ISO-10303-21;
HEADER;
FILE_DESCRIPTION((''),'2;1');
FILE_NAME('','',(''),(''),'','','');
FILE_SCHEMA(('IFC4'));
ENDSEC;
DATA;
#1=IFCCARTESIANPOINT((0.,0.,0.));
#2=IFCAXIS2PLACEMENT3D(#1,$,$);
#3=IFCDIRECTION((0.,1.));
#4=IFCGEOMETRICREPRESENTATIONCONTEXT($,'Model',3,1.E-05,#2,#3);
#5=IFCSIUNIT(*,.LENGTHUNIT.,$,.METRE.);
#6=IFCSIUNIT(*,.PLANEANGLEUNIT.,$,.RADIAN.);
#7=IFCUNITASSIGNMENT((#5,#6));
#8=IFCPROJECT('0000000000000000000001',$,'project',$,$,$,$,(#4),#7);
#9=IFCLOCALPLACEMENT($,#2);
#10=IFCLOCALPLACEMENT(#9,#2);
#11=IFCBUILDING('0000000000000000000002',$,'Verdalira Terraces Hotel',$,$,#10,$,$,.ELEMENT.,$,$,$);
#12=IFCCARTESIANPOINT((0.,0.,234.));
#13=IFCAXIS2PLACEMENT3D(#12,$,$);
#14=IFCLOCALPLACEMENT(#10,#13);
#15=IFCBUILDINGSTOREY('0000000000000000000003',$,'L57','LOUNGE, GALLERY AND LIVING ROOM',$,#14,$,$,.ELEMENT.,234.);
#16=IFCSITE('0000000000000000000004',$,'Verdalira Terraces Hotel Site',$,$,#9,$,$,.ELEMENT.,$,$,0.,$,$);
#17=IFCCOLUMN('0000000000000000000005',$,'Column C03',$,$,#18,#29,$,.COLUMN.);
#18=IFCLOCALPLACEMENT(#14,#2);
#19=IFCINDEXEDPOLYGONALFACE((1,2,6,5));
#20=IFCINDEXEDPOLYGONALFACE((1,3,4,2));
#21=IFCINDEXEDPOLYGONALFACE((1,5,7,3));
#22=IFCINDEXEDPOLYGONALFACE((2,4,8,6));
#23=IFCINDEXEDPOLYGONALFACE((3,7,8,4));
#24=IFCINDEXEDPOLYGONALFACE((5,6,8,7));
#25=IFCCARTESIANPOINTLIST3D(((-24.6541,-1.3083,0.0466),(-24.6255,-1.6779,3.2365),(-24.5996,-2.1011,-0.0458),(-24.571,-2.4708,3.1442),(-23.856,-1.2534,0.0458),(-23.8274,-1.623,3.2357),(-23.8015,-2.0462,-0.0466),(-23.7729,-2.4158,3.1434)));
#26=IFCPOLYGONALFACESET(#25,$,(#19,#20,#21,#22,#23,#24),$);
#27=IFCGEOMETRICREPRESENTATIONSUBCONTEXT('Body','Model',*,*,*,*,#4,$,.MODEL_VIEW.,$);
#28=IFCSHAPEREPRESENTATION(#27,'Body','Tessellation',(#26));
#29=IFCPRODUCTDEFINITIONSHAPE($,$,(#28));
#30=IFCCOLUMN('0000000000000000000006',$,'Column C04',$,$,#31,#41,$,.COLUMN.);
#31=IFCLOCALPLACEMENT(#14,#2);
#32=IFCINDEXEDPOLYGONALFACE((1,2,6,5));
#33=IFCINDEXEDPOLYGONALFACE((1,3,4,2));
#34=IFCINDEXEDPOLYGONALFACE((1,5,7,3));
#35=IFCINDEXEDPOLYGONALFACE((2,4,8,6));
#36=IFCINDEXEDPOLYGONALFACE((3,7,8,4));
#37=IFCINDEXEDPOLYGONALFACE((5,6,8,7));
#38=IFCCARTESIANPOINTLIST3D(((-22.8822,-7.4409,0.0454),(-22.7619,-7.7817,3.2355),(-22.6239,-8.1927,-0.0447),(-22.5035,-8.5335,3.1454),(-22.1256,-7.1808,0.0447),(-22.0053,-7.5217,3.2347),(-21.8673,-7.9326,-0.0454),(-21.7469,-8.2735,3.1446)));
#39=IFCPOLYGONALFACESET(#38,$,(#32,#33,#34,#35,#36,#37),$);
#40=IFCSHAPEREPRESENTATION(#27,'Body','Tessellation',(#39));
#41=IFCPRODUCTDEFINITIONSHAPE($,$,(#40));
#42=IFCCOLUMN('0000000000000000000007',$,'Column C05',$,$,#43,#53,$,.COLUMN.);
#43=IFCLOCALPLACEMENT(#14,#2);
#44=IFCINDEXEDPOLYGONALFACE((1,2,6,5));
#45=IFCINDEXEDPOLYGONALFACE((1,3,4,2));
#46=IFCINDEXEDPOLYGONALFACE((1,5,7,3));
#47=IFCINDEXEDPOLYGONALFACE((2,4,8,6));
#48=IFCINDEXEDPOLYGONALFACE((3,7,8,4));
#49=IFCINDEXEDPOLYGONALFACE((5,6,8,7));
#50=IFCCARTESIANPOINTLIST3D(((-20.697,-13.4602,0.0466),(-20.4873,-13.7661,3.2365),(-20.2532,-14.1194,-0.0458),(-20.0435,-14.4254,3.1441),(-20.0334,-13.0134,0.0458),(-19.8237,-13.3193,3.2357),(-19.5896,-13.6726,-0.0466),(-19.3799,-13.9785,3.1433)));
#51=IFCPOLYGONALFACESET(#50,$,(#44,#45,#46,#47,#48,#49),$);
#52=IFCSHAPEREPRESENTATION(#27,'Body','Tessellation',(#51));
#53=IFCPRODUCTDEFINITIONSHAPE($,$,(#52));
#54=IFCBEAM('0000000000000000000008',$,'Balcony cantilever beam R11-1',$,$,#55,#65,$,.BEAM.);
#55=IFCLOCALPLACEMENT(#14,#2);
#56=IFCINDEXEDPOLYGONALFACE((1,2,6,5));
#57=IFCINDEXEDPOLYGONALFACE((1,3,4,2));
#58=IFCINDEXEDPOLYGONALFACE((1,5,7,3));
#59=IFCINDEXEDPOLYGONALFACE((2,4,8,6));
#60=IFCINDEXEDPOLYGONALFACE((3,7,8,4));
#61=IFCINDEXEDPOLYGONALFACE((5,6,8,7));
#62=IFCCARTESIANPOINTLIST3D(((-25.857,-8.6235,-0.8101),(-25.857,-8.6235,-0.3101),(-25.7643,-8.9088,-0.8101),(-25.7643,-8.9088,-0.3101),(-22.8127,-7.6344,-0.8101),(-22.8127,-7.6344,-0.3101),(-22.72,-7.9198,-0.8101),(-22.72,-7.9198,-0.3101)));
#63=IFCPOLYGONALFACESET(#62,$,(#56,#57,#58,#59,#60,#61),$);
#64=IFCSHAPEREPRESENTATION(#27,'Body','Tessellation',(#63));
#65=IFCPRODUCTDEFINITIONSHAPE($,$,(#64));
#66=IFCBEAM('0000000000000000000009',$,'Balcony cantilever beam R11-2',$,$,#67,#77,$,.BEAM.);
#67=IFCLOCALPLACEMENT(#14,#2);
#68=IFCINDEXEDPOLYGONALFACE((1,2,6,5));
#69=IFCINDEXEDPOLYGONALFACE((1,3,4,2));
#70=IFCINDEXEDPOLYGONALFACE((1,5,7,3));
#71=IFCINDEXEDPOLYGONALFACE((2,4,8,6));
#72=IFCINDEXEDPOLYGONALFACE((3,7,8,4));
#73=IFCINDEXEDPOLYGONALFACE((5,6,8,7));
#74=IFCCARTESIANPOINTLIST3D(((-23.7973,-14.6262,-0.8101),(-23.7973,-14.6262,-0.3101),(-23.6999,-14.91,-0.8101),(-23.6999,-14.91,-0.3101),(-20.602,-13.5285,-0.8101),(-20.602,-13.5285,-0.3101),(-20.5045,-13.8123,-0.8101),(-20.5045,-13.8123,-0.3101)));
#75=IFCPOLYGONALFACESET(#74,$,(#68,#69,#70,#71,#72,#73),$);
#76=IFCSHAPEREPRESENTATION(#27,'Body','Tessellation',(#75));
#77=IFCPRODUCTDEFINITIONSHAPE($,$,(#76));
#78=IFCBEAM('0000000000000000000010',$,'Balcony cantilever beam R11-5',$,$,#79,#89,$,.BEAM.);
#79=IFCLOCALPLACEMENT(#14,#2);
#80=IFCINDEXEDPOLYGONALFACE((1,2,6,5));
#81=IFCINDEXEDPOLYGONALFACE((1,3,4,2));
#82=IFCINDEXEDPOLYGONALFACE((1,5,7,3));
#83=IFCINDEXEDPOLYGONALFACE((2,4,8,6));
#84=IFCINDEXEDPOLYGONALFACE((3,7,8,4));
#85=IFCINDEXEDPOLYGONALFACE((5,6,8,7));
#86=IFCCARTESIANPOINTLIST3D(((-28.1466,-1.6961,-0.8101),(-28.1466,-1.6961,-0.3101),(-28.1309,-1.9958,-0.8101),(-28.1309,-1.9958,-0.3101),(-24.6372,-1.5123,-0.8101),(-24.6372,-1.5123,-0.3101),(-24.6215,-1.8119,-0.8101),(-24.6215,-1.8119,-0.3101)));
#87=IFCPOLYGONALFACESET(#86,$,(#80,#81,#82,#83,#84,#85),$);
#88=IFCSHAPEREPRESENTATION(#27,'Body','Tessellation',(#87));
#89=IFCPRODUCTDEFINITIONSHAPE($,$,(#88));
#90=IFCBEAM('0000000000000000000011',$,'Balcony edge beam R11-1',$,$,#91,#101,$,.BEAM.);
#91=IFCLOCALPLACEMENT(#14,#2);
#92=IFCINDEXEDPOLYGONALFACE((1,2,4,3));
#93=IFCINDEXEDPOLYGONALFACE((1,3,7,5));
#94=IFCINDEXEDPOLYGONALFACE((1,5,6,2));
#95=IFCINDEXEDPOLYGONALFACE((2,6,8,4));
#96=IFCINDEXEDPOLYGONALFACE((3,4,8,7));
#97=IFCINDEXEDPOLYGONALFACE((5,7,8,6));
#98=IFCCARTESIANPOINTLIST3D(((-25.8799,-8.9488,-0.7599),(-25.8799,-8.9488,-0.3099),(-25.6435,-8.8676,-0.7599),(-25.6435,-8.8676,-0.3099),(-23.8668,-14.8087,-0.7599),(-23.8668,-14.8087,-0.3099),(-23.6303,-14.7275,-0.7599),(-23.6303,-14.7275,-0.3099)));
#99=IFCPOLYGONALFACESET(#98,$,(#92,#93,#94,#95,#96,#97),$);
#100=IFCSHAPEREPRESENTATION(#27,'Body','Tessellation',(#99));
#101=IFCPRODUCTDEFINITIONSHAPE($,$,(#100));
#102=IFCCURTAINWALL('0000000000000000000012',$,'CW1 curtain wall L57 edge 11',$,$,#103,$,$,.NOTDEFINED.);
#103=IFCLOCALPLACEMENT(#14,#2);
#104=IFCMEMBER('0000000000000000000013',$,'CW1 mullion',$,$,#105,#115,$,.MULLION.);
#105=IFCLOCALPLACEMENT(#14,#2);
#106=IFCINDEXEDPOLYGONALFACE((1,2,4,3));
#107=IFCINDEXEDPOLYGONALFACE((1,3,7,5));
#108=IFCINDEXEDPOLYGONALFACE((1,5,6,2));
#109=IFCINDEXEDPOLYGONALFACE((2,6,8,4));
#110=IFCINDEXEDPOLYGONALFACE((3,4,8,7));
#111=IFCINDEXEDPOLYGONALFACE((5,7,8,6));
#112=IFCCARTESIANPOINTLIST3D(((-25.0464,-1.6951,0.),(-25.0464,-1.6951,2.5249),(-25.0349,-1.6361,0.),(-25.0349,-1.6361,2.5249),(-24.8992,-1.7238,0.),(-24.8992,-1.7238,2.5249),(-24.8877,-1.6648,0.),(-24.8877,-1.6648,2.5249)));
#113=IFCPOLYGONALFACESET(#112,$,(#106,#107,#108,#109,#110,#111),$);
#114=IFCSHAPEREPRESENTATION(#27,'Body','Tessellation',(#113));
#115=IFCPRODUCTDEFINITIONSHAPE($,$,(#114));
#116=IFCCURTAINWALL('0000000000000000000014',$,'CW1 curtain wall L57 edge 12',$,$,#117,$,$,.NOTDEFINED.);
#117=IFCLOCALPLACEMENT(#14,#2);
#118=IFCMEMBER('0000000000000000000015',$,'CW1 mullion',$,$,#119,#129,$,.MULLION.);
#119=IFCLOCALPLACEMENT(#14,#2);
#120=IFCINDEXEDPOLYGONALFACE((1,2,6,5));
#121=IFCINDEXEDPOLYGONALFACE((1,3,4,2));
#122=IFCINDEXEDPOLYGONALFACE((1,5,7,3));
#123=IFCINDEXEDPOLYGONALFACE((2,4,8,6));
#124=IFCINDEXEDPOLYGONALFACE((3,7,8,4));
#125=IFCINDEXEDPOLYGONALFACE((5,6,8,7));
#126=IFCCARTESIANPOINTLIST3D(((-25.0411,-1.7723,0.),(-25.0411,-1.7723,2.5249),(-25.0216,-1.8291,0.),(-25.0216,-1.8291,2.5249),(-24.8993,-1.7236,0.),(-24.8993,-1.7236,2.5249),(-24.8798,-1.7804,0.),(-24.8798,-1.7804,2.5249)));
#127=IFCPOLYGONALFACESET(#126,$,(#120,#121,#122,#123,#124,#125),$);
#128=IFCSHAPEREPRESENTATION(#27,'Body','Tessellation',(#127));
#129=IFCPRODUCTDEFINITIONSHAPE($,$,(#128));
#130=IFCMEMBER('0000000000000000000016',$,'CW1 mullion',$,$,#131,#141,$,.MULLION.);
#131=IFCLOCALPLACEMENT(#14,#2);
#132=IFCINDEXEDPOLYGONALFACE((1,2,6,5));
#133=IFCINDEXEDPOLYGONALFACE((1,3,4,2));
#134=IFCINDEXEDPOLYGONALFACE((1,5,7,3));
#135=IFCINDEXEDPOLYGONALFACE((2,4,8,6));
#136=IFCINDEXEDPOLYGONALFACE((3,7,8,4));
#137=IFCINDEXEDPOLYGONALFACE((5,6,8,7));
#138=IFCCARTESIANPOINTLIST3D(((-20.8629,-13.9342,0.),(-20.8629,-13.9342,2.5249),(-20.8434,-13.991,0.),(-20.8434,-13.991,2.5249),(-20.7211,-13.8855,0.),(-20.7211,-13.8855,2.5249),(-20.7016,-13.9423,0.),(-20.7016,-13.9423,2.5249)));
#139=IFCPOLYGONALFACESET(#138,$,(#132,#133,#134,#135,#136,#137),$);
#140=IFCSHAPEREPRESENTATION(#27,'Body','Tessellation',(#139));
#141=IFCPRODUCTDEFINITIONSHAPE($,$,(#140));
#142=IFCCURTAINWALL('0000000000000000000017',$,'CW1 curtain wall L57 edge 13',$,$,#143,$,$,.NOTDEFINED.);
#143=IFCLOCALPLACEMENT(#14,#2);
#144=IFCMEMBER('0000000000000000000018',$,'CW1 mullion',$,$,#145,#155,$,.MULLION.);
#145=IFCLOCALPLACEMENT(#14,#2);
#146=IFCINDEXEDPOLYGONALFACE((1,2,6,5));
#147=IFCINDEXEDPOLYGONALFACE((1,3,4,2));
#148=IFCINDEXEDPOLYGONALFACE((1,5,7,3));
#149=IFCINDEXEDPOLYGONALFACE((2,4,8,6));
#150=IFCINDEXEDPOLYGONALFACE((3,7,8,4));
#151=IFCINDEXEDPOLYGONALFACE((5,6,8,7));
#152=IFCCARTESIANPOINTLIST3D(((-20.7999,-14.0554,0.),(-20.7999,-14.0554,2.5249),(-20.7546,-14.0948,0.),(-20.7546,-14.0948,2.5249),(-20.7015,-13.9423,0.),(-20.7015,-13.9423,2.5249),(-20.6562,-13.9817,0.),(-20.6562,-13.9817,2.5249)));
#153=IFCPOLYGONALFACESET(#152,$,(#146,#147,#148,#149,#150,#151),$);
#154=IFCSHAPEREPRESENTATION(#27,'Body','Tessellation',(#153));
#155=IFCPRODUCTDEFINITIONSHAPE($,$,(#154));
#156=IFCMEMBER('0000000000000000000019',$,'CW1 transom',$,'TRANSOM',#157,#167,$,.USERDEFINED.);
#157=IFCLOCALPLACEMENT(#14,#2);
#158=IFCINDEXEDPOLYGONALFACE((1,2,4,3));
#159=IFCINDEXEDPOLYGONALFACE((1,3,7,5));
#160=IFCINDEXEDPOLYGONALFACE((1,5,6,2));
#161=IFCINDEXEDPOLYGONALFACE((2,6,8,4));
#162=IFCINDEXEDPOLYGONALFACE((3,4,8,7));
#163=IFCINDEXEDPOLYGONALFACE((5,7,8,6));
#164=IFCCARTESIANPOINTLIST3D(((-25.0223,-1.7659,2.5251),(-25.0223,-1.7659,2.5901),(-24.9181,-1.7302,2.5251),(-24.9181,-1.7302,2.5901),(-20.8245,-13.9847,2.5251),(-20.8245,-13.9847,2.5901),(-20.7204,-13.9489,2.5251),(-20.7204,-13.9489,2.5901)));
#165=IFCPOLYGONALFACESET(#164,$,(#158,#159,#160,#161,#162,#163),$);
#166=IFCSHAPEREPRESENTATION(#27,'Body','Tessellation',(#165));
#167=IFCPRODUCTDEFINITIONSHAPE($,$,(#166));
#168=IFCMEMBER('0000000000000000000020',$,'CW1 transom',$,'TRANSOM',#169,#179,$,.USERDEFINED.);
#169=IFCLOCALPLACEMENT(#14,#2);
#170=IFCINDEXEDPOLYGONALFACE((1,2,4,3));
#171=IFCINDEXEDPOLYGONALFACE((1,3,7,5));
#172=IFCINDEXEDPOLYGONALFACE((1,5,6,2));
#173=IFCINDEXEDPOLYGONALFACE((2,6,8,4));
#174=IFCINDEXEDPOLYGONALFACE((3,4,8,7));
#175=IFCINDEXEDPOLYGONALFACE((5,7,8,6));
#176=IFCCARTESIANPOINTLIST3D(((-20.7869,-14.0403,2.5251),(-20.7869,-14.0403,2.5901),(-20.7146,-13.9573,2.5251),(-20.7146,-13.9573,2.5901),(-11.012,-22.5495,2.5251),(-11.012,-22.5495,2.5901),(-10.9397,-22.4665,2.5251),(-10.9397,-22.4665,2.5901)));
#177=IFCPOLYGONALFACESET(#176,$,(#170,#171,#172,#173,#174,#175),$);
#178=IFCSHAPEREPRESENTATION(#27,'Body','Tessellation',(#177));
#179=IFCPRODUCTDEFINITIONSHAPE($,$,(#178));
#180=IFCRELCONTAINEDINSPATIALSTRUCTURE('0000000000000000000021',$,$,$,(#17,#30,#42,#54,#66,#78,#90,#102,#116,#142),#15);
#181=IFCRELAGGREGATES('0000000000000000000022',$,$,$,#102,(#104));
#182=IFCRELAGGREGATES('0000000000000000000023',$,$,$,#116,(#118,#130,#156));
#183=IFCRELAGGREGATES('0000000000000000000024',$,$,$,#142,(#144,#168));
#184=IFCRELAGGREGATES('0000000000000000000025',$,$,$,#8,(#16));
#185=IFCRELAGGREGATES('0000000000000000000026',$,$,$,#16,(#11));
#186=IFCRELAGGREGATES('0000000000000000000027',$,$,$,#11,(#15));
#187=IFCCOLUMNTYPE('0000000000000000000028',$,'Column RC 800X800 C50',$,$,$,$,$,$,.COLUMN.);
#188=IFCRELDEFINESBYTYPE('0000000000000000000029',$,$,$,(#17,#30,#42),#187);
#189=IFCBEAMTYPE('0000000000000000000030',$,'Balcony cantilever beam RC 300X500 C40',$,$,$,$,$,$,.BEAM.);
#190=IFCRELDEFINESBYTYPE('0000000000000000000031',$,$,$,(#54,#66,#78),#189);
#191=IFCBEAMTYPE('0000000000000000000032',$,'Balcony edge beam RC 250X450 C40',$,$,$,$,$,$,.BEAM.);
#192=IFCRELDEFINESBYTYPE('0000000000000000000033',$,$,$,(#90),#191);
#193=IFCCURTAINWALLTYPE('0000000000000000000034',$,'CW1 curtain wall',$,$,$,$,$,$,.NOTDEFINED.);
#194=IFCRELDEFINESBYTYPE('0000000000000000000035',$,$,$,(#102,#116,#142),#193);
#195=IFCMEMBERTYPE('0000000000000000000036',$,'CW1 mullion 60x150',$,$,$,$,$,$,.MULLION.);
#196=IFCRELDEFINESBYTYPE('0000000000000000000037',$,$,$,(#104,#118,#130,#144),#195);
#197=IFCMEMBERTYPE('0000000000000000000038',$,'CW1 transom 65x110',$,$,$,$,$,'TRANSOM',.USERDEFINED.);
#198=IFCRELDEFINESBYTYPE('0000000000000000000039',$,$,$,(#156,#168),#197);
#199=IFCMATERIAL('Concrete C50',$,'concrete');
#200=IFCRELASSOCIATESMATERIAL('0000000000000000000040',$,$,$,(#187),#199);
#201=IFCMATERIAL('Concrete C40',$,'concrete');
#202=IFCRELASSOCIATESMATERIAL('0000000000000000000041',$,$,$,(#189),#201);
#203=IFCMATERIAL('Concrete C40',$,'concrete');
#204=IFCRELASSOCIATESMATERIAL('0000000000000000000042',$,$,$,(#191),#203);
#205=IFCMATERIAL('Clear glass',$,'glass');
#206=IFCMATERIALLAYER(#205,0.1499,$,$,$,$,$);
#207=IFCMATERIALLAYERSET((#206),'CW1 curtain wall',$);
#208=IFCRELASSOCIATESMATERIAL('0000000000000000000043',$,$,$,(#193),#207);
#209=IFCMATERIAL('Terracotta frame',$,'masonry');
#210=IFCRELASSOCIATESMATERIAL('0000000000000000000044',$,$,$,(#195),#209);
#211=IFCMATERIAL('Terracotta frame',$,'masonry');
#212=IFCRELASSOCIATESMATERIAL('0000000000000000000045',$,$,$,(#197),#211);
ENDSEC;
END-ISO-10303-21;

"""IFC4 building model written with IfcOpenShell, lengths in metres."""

from ifc_helpers import new_model, si_unit, direction, frame, origin, origin_2d, place, context, subcontext, project, spatial, rectangle, extrude, material, layer, layer_set, material_profile, profile_set, type_object, element, aggregate, save


model = new_model("IFC4")

# Units and contexts
model_context = context("Model", 3, precision=1e-05, world=origin(), true_north=direction((0.0, 1.0)))
body_context = subcontext(model_context, "Body", "Model", "MODEL_VIEW")
ifc_project = project(units=[si_unit("LENGTHUNIT", "METRE"), si_unit("PLANEANGLEUNIT", "RADIAN")], contexts=[model_context])

# Site, building, storey
site_placement = place(None, origin())
site = spatial("IfcSite", under=ifc_project, at=site_placement, Name="Verdalira Terraces Hotel Site", CompositionType="ELEMENT", RefElevation=0.0)
building_placement = place(site_placement, origin())
building = spatial("IfcBuilding", under=site, at=building_placement, Name="Verdalira Terraces Hotel", CompositionType="ELEMENT")
storey_placement = place(building_placement, frame((0.0, 0.0, 234.0)))
storey = spatial("IfcBuildingStorey", under=building, at=storey_placement, Name="L57", Description="LOUNGE, GALLERY AND LIVING ROOM", CompositionType="ELEMENT", Elevation=234.0)

# Columns
ifc_material_1 = material(Name="Concrete C50", Category="concrete")
ifc_material_profile_1 = material_profile(ifc_material_1, rectangle(XDim=0.8, YDim=0.8, at=origin_2d()), Name="RC 800X800")
ifc_profile_set_1 = profile_set([ifc_material_profile_1], Name="Concrete C50")
column_type = type_object("IfcColumnType", Name="Column RC 800X800 C50", PredefinedType="COLUMN", material=ifc_profile_set_1)
column_1_placement = place(storey_placement, frame((-24.2278, -1.6772, 0.0), z_axis=(0.008895, -0.115099, 0.993314), x_axis=(-0.068123, 0.990976, 0.115438)))
element("IfcColumn", 1, at=column_1_placement, inside=storey, type_object=column_type, Name="Column C03", PredefinedType="COLUMN", context=body_context, shape_type="SweptSolid", body=[
    extrude(rectangle(XDim=0.8, YDim=0.8, at=origin_2d()), origin(), (0.0, 0.0, 1.0), 3.2114),
])
column_2_placement = place(storey_placement, frame((-22.3748, -7.6868, 0.0), z_axis=(0.037492, -0.106163, 0.993642), x_axis=(0.322917, -0.939707, -0.112585)))
element("IfcColumn", 2, at=column_2_placement, inside=storey, type_object=column_type, Name="Column C04", PredefinedType="COLUMN", context=body_context, shape_type="SweptSolid", body=[
    extrude(rectangle(XDim=0.8, YDim=0.8, at=origin_2d()), origin(), (0.0, 0.0, 1.0), 3.2104),
])
column_3_placement = place(storey_placement, frame((-20.1433, -13.5664, 0.0), z_axis=(0.065303, -0.095256, 0.993308), x_axis=(-0.554679, 0.824011, 0.115487)))
element("IfcColumn", 3, at=column_3_placement, inside=storey, type_object=column_type, Name="Column C05", PredefinedType="COLUMN", context=body_context, shape_type="SweptSolid", body=[
    extrude(rectangle(XDim=0.8, YDim=0.8, at=origin_2d()), origin(), (0.0, 0.0, 1.0), 3.2114),
])

# Beams
ifc_material_2 = material(Name="Concrete C40", Category="concrete")
ifc_material_profile_2 = material_profile(ifc_material_2, rectangle(XDim=0.3, YDim=0.5, at=origin_2d()), Name="RC 300X500")
ifc_profile_set_2 = profile_set([ifc_material_profile_2], Name="Concrete C40")
beam_type_1 = type_object("IfcBeamType", Name="Balcony cantilever beam RC 300X500 C40", PredefinedType="BEAM", material=ifc_profile_set_2)
beam_1_placement = place(storey_placement, frame((-22.7664, -7.7771, -0.5601), z_axis=(-0.951066, -0.308988, 0.0), x_axis=(0.308988, -0.951066, 0.0)))
element("IfcBeam", 4, at=beam_1_placement, inside=storey, type_object=beam_type_1, Name="Balcony cantilever beam R11-1", PredefinedType="BEAM", context=body_context, shape_type="SweptSolid", body=[
    extrude(rectangle(XDim=0.3, YDim=0.5, at=origin_2d()), origin(), (0.0, 0.0, 1.0), 3.2009),
])
beam_2_placement = place(storey_placement, frame((-20.5532, -13.6704, -0.5601), z_axis=(-0.945753, -0.324886, 0.0), x_axis=(0.324886, -0.945753, 0.0)))
element("IfcBeam", 5, at=beam_2_placement, inside=storey, type_object=beam_type_1, Name="Balcony cantilever beam R11-2", PredefinedType="BEAM", context=body_context, shape_type="SweptSolid", body=[
    extrude(rectangle(XDim=0.3, YDim=0.5, at=origin_2d()), origin(), (0.0, 0.0, 1.0), 3.3787),
])
beam_3_placement = place(storey_placement, frame((-24.6294, -1.6621, -0.5601), z_axis=(-0.998631, -0.052315, 0.0), x_axis=(0.052315, -0.998631, 0.0)))
element("IfcBeam", 6, at=beam_3_placement, inside=storey, type_object=beam_type_1, Name="Balcony cantilever beam R11-5", PredefinedType="BEAM", context=body_context, shape_type="SweptSolid", body=[
    extrude(rectangle(XDim=0.3, YDim=0.5, at=origin_2d()), origin(), (0.0, 0.0, 1.0), 3.5142),
])
ifc_material_3 = material(Name="Concrete C40", Category="concrete")
ifc_material_profile_3 = material_profile(ifc_material_3, rectangle(XDim=0.25, YDim=0.45, at=origin_2d()), Name="RC 250X450")
ifc_profile_set_3 = profile_set([ifc_material_profile_3], Name="Concrete C40")
beam_type_2 = type_object("IfcBeamType", Name="Balcony edge beam RC 250X450 C40", PredefinedType="BEAM", material=ifc_profile_set_3)
beam_4_placement = place(storey_placement, frame((-25.7617, -8.9082, -0.5349), z_axis=(0.324915, -0.945743, 0.0), x_axis=(0.945743, 0.324915, 0.0)))
element("IfcBeam", 7, at=beam_4_placement, inside=storey, type_object=beam_type_2, Name="Balcony edge beam R11-1", PredefinedType="BEAM", context=body_context, shape_type="SweptSolid", body=[
    extrude(rectangle(XDim=0.25, YDim=0.45, at=origin_2d()), origin(), (0.0, 0.0, 1.0), 6.196),
])

# Curtain wall, member
ifc_material_4 = material(Name="Clear glass", Category="glass")
ifc_layer_1 = layer(ifc_material_4, 0.1499)
ifc_layer_set_1 = layer_set([ifc_layer_1], Name="CW1 curtain wall")
curtain_wall_type = type_object("IfcCurtainWallType", Name="CW1 curtain wall", PredefinedType="NOTDEFINED", material=ifc_layer_set_1)
curtain_wall_1_placement = place(storey_placement, origin())
curtain_wall_1 = element("IfcCurtainWall", 8, at=curtain_wall_1_placement, inside=storey, type_object=curtain_wall_type, Name="CW1 curtain wall L57 edge 11", PredefinedType="NOTDEFINED")
ifc_material_5 = material(Name="Terracotta frame", Category="masonry")
ifc_material_profile_4 = material_profile(ifc_material_5, rectangle(XDim=0.0601, YDim=0.1499, at=origin_2d()), Name="MU 60x150")
ifc_profile_set_4 = profile_set([ifc_material_profile_4], Name="Terracotta frame")
member_type_1 = type_object("IfcMemberType", Name="CW1 mullion 60x150", PredefinedType="MULLION", material=ifc_profile_set_4)
member_1_placement = place(storey_placement, frame((-24.967, -1.6799, 0.0), z_axis=(0.0, 0.0, 1.0), x_axis=(-0.191494, -0.981494, 0.0)))
member_1 = element("IfcMember", 9, at=member_1_placement, type_object=member_type_1, Name="CW1 mullion", PredefinedType="MULLION", context=body_context, shape_type="SweptSolid", body=[
    extrude(rectangle(XDim=0.0601, YDim=0.1499, at=origin_2d()), origin(), (0.0, 0.0, 1.0), 2.5249),
])

# Curtain wall, members
curtain_wall_2_placement = place(storey_placement, origin())
curtain_wall_2 = element("IfcCurtainWall", 10, at=curtain_wall_2_placement, inside=storey, type_object=curtain_wall_type, Name="CW1 curtain wall L57 edge 12", PredefinedType="NOTDEFINED")
member_2_placement = place(storey_placement, frame((-24.9604, -1.7764, 0.0), z_axis=(0.0, 0.0, 1.0), x_axis=(0.324908, -0.945746, 0.0)))
member_2 = element("IfcMember", 11, at=member_2_placement, type_object=member_type_1, Name="CW1 mullion", PredefinedType="MULLION", context=body_context, shape_type="SweptSolid", body=[
    extrude(rectangle(XDim=0.0601, YDim=0.1499, at=origin_2d()), origin(), (0.0, 0.0, 1.0), 2.5249),
])
member_3_placement = place(storey_placement, frame((-20.7822, -13.9382, 0.0), z_axis=(0.0, 0.0, 1.0), x_axis=(0.324908, -0.945746, 0.0)))
member_3 = element("IfcMember", 12, at=member_3_placement, type_object=member_type_1, Name="CW1 mullion", PredefinedType="MULLION", context=body_context, shape_type="SweptSolid", body=[
    extrude(rectangle(XDim=0.0601, YDim=0.1499, at=origin_2d()), origin(), (0.0, 0.0, 1.0), 2.5249),
])

# Curtain wall, member
curtain_wall_3_placement = place(storey_placement, origin())
curtain_wall_3 = element("IfcCurtainWall", 13, at=curtain_wall_3_placement, inside=storey, type_object=curtain_wall_type, Name="CW1 curtain wall L57 edge 13", PredefinedType="NOTDEFINED")
member_4_placement = place(storey_placement, frame((-20.728, -14.0186, 0.0), z_axis=(0.0, 0.0, 1.0), x_axis=(0.754251, -0.656586, 0.0)))
member_4 = element("IfcMember", 14, at=member_4_placement, type_object=member_type_1, Name="CW1 mullion", PredefinedType="MULLION", context=body_context, shape_type="SweptSolid", body=[
    extrude(rectangle(XDim=0.0601, YDim=0.1499, at=origin_2d()), origin(), (0.0, 0.0, 1.0), 2.5249),
])

# Members
ifc_material_6 = material(Name="Terracotta frame", Category="masonry")
ifc_material_profile_5 = material_profile(ifc_material_6, rectangle(XDim=0.1101, YDim=0.0649, at=origin_2d()), Name="TR 65x110")
ifc_profile_set_5 = profile_set([ifc_material_profile_5], Name="Terracotta frame")
member_type_2 = type_object("IfcMemberType", Name="CW1 transom 65x110", ElementType="TRANSOM", PredefinedType="USERDEFINED", material=ifc_profile_set_5)
member_5_placement = place(storey_placement, frame((-24.9702, -1.748, 2.5576), z_axis=(0.324911, -0.945745, 0.0), x_axis=(0.945745, 0.324911, 0.0)))
member_5 = element("IfcMember", 15, at=member_5_placement, type_object=member_type_2, Name="CW1 transom", ObjectType="TRANSOM", PredefinedType="USERDEFINED", context=body_context, shape_type="SweptSolid", body=[
    extrude(rectangle(XDim=0.1101, YDim=0.0649, at=origin_2d()), origin(), (0.0, 0.0, 1.0), 12.9197),
])
member_6_placement = place(storey_placement, frame((-20.7507, -13.9988, 2.5576), z_axis=(0.754248, -0.65659, 0.0), x_axis=(0.65659, 0.754248, 0.0)))
member_6 = element("IfcMember", 16, at=member_6_placement, type_object=member_type_2, Name="CW1 transom", ObjectType="TRANSOM", PredefinedType="USERDEFINED", context=body_context, shape_type="SweptSolid", body=[
    extrude(rectangle(XDim=0.1101, YDim=0.0649, at=origin_2d()), origin(), (0.0, 0.0, 1.0), 12.9597),
])

aggregate(curtain_wall_1, [member_1])
aggregate(curtain_wall_2, [member_2, member_3, member_5])
aggregate(curtain_wall_3, [member_4, member_6])

save(model, "model.ifc")
